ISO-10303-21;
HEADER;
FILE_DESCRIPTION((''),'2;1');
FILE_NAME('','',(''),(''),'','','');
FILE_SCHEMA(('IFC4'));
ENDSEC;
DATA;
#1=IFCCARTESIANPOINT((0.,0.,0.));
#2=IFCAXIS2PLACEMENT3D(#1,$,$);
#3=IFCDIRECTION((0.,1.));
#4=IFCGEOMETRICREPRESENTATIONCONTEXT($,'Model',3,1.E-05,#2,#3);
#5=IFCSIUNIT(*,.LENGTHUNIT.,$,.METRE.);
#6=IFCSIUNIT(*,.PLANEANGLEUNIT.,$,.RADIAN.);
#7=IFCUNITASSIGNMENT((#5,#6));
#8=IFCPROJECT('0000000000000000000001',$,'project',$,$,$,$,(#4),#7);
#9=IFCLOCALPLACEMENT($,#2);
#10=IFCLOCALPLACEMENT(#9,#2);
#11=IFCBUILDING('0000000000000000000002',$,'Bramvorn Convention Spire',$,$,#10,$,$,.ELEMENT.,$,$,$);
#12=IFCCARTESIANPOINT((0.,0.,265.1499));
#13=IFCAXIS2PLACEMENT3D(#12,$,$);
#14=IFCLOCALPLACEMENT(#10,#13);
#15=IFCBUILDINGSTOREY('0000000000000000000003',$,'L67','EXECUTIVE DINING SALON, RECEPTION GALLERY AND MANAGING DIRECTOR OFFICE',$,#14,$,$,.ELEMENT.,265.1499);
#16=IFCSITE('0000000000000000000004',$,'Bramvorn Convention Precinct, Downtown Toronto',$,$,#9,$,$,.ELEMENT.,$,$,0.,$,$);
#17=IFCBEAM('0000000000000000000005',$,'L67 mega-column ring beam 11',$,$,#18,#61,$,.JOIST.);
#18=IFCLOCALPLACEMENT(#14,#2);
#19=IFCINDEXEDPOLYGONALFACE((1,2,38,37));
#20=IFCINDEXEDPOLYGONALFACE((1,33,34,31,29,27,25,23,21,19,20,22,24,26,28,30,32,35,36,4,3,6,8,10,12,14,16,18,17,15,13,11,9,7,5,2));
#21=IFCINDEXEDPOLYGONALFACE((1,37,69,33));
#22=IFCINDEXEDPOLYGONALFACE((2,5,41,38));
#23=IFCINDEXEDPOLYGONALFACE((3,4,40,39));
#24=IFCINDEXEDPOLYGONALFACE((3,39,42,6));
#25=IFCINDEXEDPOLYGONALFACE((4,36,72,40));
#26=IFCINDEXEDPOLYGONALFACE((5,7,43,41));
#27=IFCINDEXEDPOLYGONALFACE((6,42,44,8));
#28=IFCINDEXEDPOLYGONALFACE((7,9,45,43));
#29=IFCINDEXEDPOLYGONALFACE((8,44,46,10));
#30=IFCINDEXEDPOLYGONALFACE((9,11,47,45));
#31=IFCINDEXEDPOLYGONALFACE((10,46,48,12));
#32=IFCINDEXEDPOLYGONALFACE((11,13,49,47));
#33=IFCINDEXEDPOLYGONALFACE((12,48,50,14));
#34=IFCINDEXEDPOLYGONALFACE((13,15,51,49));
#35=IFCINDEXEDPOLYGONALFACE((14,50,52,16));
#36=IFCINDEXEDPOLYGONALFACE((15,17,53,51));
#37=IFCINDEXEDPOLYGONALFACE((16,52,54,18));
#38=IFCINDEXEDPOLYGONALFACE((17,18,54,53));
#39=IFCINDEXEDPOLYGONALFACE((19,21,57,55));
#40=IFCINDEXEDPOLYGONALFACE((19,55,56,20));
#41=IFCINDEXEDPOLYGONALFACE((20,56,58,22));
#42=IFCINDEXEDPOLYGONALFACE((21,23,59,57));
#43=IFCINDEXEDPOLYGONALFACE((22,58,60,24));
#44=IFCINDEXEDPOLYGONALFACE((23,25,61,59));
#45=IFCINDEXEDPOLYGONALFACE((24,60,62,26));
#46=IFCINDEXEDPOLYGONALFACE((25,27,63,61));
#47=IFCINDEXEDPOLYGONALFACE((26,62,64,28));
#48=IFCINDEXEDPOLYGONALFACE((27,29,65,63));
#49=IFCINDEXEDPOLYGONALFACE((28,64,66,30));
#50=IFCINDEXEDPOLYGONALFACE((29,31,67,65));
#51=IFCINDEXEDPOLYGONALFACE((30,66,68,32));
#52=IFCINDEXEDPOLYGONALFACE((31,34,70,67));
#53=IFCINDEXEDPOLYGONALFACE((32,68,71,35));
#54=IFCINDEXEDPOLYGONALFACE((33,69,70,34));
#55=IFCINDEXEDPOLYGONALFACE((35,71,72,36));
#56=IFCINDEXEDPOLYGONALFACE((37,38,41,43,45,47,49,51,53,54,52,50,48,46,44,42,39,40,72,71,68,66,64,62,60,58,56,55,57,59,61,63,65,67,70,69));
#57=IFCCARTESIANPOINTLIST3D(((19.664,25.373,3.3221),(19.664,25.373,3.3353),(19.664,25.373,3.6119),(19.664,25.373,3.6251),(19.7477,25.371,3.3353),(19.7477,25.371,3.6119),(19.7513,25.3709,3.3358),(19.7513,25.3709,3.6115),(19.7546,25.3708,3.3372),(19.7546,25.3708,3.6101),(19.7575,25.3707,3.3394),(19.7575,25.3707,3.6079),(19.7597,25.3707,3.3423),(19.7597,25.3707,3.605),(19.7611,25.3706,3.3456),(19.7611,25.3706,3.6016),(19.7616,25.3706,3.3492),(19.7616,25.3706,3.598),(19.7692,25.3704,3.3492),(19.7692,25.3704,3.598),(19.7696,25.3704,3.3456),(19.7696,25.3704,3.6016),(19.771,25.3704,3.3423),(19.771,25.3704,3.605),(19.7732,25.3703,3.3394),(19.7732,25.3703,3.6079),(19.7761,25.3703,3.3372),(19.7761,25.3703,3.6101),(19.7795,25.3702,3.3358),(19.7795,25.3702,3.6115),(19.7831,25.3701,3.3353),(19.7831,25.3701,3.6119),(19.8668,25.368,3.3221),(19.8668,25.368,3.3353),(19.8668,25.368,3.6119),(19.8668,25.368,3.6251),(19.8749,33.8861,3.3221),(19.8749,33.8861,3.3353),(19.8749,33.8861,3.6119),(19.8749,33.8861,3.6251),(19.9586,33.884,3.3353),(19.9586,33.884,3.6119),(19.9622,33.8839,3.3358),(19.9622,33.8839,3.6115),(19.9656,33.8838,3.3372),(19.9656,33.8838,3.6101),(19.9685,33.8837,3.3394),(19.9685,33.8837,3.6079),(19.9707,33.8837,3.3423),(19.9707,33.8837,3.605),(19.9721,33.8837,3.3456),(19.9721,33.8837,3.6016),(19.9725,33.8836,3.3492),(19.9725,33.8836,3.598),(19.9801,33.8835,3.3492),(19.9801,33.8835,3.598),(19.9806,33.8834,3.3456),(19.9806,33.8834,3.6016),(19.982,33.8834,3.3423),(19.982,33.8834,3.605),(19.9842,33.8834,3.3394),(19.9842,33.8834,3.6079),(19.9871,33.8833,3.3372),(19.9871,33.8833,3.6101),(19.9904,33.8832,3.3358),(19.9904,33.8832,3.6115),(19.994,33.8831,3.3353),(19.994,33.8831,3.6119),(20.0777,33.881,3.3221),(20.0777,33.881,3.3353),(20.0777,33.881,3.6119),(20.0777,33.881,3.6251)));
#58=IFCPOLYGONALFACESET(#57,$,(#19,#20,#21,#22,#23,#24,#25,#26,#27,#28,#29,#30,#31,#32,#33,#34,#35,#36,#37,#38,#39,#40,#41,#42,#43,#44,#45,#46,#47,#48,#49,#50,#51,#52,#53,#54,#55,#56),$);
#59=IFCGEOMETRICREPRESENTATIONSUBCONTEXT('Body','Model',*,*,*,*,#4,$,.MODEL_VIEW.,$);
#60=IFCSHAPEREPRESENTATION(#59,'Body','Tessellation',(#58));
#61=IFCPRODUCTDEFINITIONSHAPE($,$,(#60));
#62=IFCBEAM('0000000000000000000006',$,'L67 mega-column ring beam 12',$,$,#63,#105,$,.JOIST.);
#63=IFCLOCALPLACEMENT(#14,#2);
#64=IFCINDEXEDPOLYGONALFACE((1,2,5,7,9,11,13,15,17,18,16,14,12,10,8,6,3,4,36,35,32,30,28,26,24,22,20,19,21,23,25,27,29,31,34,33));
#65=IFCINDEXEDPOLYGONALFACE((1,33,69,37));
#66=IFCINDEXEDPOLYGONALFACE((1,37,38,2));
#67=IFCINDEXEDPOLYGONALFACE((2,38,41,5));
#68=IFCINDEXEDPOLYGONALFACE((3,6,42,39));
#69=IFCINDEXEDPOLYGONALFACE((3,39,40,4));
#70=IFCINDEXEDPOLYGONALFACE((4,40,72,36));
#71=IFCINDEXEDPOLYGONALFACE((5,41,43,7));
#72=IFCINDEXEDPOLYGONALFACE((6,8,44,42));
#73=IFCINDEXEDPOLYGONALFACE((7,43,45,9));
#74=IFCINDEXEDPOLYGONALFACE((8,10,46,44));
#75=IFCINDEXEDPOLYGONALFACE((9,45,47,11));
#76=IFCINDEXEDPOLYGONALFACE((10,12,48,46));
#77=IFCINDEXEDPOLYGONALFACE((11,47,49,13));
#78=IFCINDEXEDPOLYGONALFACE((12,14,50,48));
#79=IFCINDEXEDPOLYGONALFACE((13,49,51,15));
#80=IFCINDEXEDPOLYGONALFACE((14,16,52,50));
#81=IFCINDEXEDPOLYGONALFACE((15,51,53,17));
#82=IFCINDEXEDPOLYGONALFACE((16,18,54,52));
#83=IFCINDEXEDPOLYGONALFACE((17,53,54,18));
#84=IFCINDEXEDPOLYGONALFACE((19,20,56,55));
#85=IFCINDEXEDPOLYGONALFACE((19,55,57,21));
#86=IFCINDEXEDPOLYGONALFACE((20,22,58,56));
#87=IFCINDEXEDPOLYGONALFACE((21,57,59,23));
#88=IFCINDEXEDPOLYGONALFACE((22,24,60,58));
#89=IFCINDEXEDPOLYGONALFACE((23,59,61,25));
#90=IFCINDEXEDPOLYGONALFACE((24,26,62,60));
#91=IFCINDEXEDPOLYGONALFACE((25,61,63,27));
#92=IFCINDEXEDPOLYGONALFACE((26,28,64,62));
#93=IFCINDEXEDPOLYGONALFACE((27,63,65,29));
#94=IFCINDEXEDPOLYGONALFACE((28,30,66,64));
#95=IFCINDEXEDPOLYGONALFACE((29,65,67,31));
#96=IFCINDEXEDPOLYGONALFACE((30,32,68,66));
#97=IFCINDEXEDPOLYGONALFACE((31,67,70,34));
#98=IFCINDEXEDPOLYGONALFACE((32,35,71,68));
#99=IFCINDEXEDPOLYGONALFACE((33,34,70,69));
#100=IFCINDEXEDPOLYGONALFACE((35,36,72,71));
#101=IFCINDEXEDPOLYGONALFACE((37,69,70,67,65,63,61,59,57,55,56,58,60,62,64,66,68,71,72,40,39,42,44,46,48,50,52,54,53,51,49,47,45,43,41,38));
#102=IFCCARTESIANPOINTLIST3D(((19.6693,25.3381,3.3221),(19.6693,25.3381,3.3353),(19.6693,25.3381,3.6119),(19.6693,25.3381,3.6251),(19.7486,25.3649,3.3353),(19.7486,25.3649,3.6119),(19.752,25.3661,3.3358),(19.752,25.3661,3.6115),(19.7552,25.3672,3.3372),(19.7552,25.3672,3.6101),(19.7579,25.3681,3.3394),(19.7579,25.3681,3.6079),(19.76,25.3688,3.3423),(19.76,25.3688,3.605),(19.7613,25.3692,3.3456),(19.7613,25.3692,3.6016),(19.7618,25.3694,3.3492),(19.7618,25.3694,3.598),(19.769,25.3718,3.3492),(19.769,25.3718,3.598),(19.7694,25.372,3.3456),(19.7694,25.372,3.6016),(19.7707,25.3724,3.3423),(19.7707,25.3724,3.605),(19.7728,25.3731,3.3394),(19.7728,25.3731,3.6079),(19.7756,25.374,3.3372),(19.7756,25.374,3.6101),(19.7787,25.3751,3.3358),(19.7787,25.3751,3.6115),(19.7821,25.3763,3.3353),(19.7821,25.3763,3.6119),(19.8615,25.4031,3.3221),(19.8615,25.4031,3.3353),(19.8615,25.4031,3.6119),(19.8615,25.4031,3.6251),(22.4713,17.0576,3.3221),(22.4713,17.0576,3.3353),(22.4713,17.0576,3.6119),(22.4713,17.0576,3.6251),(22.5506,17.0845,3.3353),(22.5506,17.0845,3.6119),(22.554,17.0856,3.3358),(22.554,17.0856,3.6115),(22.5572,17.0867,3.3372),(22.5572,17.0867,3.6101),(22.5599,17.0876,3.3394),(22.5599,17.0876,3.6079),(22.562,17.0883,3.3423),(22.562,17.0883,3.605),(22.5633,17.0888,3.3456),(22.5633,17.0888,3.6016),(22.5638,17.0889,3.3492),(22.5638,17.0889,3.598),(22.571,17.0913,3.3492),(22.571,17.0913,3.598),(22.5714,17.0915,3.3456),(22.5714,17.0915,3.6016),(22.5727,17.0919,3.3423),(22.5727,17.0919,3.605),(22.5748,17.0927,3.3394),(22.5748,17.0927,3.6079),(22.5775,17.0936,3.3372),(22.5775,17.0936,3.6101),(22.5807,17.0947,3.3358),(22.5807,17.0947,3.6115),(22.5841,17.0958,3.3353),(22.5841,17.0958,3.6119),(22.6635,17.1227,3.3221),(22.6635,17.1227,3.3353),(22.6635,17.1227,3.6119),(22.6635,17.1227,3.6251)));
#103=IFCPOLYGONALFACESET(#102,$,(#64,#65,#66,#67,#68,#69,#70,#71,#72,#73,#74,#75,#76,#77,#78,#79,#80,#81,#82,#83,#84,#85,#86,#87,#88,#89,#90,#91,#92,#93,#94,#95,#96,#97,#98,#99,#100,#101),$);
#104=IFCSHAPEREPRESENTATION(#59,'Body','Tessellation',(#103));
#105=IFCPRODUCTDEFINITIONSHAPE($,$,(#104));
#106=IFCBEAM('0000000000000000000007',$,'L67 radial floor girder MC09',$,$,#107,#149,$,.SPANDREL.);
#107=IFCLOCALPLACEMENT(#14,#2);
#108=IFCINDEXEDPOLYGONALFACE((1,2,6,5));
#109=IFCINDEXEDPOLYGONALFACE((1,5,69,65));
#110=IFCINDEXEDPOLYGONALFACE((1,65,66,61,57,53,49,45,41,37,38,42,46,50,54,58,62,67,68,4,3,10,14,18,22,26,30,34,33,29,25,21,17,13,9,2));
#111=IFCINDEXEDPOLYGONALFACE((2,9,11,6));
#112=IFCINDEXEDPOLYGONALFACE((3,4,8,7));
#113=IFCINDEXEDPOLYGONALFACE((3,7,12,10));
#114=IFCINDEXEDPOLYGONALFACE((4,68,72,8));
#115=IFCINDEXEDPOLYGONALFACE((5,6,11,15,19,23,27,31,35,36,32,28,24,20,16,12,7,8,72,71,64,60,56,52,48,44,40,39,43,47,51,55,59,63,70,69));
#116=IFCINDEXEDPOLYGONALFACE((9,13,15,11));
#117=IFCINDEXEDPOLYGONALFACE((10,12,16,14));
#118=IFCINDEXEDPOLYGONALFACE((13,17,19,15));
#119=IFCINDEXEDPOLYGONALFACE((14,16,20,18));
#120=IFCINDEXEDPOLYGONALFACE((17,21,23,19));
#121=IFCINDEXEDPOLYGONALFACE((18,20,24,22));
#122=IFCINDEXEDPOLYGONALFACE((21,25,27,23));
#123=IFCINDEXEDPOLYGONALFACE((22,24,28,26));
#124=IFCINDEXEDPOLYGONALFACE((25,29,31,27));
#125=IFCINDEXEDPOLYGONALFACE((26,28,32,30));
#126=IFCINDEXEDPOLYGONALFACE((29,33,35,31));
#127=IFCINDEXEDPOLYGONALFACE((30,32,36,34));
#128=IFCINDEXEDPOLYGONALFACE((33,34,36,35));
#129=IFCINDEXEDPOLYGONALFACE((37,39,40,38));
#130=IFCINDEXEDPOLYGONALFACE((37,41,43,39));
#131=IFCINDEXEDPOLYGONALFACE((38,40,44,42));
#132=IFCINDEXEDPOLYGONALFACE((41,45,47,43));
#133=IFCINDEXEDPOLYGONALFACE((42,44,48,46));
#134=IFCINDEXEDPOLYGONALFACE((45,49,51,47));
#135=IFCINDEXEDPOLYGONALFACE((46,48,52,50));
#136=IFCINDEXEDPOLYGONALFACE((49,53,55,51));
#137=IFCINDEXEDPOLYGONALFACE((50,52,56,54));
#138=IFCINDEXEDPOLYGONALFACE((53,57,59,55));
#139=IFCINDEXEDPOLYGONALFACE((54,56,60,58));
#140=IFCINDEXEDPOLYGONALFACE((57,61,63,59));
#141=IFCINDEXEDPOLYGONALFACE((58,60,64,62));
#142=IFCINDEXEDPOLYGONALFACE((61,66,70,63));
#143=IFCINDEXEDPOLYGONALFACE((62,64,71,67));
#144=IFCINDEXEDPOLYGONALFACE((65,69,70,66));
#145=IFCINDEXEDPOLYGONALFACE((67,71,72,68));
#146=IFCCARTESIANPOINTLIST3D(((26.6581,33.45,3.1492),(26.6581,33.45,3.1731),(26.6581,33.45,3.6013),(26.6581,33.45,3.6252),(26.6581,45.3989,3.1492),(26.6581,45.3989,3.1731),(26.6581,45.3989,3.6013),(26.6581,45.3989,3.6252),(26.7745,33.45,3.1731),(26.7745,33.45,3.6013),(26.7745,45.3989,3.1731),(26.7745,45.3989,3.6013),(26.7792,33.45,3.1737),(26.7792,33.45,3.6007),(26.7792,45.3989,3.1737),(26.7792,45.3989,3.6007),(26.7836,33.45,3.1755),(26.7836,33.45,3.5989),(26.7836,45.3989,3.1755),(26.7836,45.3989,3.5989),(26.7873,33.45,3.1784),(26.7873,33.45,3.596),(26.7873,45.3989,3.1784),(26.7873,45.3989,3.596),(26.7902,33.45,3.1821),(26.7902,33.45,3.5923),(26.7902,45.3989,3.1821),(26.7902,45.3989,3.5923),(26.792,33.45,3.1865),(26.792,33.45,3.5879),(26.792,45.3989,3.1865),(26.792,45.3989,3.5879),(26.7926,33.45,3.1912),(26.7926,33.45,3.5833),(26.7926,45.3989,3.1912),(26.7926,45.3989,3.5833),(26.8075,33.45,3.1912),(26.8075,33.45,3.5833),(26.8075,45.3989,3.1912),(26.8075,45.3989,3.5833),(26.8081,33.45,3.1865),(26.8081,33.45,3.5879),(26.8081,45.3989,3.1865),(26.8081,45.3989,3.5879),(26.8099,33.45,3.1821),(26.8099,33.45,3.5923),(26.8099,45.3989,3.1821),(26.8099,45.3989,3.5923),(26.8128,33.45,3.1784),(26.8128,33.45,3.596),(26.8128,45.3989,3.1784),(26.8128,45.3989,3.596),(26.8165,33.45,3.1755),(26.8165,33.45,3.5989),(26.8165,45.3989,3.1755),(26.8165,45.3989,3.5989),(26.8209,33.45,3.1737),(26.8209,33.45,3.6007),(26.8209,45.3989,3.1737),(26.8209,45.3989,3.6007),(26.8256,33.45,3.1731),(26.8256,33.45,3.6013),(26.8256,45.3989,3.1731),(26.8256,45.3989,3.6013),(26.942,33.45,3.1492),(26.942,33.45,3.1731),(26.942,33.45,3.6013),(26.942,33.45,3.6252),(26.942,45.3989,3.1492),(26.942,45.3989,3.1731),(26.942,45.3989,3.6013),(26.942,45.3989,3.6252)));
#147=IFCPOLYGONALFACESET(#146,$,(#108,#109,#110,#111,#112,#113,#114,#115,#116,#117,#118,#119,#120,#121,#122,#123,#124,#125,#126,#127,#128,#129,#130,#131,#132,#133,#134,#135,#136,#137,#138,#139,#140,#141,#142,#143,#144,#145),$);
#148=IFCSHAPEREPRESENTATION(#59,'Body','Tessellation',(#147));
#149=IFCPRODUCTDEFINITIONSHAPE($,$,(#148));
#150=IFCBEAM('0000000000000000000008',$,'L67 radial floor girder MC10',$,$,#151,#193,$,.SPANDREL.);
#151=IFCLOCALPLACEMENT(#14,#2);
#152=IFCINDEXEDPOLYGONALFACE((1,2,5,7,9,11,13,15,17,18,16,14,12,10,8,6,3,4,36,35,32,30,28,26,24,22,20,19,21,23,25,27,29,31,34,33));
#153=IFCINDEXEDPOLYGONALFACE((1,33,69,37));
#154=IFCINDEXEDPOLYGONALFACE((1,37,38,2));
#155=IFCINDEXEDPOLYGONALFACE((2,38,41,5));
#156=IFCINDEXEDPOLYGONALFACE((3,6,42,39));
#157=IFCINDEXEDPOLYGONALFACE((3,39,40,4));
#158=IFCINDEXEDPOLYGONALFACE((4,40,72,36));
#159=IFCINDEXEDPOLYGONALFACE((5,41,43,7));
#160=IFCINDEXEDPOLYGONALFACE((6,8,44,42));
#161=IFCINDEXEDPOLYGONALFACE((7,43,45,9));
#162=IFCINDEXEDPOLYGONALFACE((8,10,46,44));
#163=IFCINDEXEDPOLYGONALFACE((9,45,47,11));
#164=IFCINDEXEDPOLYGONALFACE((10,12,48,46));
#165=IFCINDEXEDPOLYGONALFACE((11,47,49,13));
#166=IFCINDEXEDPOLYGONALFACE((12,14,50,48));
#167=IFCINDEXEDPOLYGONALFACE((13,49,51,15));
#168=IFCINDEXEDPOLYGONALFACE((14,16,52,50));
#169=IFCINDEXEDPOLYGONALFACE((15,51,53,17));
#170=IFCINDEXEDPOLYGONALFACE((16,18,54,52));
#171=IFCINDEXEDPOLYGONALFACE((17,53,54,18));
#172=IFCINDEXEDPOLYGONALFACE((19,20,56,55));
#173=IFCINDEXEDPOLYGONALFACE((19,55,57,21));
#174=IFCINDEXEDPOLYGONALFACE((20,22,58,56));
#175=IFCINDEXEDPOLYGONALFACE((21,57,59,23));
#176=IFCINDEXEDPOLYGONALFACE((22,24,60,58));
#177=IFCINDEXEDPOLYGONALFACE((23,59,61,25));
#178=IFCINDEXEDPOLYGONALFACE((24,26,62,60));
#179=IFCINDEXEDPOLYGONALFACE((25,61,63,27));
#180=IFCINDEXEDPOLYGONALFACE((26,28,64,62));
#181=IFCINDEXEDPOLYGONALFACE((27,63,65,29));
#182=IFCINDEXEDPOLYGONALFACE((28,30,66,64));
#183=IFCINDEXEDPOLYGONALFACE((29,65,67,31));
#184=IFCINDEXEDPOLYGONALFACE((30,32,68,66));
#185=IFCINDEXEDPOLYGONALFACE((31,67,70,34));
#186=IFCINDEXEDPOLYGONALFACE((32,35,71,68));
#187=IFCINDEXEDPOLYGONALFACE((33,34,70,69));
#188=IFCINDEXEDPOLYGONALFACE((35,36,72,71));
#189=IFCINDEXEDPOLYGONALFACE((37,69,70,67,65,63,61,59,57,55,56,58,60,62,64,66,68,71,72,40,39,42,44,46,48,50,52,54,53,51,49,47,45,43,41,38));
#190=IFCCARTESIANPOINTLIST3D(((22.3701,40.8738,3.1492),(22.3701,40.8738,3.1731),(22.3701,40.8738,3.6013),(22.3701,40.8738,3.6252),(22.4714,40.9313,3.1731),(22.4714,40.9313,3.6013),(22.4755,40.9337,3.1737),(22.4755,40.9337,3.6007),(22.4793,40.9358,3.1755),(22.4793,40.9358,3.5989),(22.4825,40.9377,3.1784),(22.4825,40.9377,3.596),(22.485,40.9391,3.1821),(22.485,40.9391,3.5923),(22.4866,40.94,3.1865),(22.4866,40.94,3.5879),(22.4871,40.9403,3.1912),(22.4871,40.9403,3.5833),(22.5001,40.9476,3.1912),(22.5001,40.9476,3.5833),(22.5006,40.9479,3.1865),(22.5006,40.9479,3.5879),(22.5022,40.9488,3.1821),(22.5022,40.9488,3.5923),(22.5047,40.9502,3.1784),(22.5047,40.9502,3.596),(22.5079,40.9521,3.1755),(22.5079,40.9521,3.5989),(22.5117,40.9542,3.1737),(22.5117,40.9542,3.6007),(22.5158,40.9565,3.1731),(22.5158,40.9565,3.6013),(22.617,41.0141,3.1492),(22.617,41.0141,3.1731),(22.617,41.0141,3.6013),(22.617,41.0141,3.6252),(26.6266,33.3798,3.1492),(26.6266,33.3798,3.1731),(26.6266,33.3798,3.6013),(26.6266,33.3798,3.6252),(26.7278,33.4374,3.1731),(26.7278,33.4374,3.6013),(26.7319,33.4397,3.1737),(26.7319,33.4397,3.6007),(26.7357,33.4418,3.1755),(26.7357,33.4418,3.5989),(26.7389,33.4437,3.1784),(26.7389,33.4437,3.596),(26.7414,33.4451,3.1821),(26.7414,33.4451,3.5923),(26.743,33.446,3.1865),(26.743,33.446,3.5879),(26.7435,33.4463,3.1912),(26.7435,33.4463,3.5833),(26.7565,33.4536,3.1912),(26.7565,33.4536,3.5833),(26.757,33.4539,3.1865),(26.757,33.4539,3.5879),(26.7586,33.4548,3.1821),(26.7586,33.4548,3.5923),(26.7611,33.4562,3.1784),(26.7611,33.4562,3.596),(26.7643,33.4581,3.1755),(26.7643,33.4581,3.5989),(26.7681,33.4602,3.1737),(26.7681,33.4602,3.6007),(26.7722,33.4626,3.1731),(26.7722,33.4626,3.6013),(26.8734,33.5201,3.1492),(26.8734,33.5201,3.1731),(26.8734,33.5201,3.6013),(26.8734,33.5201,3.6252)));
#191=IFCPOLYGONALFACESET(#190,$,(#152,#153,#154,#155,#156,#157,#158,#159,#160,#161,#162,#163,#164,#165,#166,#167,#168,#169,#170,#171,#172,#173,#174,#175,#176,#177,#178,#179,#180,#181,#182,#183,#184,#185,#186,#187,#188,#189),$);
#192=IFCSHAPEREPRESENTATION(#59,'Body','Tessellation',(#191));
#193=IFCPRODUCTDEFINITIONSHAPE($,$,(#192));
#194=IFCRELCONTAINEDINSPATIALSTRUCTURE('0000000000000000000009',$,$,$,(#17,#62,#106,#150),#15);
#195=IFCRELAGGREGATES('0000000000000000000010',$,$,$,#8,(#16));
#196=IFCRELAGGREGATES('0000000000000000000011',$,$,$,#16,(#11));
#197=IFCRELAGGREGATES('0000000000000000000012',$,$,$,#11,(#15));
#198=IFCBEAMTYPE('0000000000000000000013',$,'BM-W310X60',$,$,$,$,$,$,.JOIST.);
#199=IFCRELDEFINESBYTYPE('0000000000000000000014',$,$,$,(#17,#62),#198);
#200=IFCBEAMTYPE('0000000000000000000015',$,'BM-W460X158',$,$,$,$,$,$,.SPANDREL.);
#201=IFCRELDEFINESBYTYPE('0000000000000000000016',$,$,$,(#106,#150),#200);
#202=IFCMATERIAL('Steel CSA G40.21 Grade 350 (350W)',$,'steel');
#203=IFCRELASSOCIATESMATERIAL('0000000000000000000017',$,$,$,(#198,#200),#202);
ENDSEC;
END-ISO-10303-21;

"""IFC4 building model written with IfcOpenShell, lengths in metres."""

from ifc_helpers import new_model, si_unit, direction, frame, origin, origin_2d, place, context, subcontext, project, spatial, i_section, extrude, material, material_profile, profile_set, type_object, element, save


model = new_model("IFC4")

# Units and contexts
model_context = context("Model", 3, precision=1e-05, world=origin(), true_north=direction((0.0, 1.0)))
body_context = subcontext(model_context, "Body", "Model", "MODEL_VIEW")
ifc_project = project(units=[si_unit("LENGTHUNIT", "METRE"), si_unit("PLANEANGLEUNIT", "RADIAN")], contexts=[model_context])

# Site, building, storey
site_placement = place(None, origin())
site = spatial("IfcSite", under=ifc_project, at=site_placement, Name="Bramvorn Convention Precinct, Downtown Toronto", CompositionType="ELEMENT", RefElevation=0.0)
building_placement = place(site_placement, origin())
building = spatial("IfcBuilding", under=site, at=building_placement, Name="Bramvorn Convention Spire", CompositionType="ELEMENT")
storey_placement = place(building_placement, frame((0.0, 0.0, 265.1499)))
storey = spatial("IfcBuildingStorey", under=building, at=storey_placement, Name="L67", Description="EXECUTIVE DINING SALON, RECEPTION GALLERY AND MANAGING DIRECTOR OFFICE", CompositionType="ELEMENT", Elevation=265.1499)

# Shared definitions
ifc_material_1 = material(Name="Steel CSA G40.21 Grade 350 (350W)", Category="steel")

# Beams
ifc_material_profile_1 = material_profile(ifc_material_1, i_section(OverallWidth=0.2029, OverallDepth=0.303, WebThickness=0.0076, FlangeThickness=0.0132, FilletRadius=0.0139, at=origin_2d()))
ifc_profile_set_1 = profile_set([ifc_material_profile_1], Name="Steel CSA G40.21 Grade 350 (350W) - W310X60")
beam_type_1 = type_object("IfcBeamType", Name="BM-W310X60", PredefinedType="JOIST", material=ifc_profile_set_1)
beam_1_placement = place(storey_placement, frame((19.9763, 33.8835, 3.4736), z_axis=(-0.024771, -0.999693, 0.0), x_axis=(0.999693, -0.024771, 0.0)))
element("IfcBeam", 1, at=beam_1_placement, inside=storey, type_object=beam_type_1, Name="L67 mega-column ring beam 11", PredefinedType="JOIST", context=body_context, shape_type="SweptSolid", body=[
    extrude(i_section(OverallWidth=0.2029, OverallDepth=0.303, WebThickness=0.0076, FlangeThickness=0.0132, FilletRadius=0.0139, at=origin_2d()), origin(), (0.0, 0.0, 1.0), 8.5156),
])
beam_2_placement = place(storey_placement, frame((19.7654, 25.3706, 3.4736), z_axis=(0.320531, -0.947238, 0.0), x_axis=(0.947238, 0.320531, 0.0)))
element("IfcBeam", 2, at=beam_2_placement, inside=storey, type_object=beam_type_1, Name="L67 mega-column ring beam 12", PredefinedType="JOIST", context=body_context, shape_type="SweptSolid", body=[
    extrude(i_section(OverallWidth=0.2029, OverallDepth=0.303, WebThickness=0.0076, FlangeThickness=0.0132, FilletRadius=0.0139, at=origin_2d()), origin(), (0.0, 0.0, 1.0), 8.7417),
])
ifc_material_profile_2 = material_profile(ifc_material_1, i_section(OverallWidth=0.2839, OverallDepth=0.4761, WebThickness=0.0149, FlangeThickness=0.0239, FilletRadius=0.0181, at=origin_2d()))
ifc_profile_set_2 = profile_set([ifc_material_profile_2], Name="Steel CSA G40.21 Grade 350 (350W) - W460X158")
beam_type_2 = type_object("IfcBeamType", Name="BM-W460X158", PredefinedType="SPANDREL", material=ifc_profile_set_2)
beam_3_placement = place(storey_placement, frame((26.8, 33.45, 3.3872), z_axis=(0.0, 1.0, 0.0), x_axis=(-1.0, 0.0, 0.0)))
element("IfcBeam", 3, at=beam_3_placement, inside=storey, type_object=beam_type_2, Name="L67 radial floor girder MC09", PredefinedType="SPANDREL", context=body_context, shape_type="SweptSolid", body=[
    extrude(i_section(OverallWidth=0.2839, OverallDepth=0.4761, WebThickness=0.0149, FlangeThickness=0.0239, FilletRadius=0.0181, at=origin_2d()), origin(), (0.0, 0.0, 1.0), 11.949),
])
beam_4_placement = place(storey_placement, frame((26.75, 33.45, 3.3872), z_axis=(-0.493874, 0.869534, 0.0), x_axis=(-0.869534, -0.493874, 0.0)))
element("IfcBeam", 4, at=beam_4_placement, inside=storey, type_object=beam_type_2, Name="L67 radial floor girder MC10", PredefinedType="SPANDREL", context=body_context, shape_type="SweptSolid", body=[
    extrude(i_section(OverallWidth=0.2839, OverallDepth=0.4761, WebThickness=0.0149, FlangeThickness=0.0239, FilletRadius=0.0181, at=origin_2d()), origin(), (0.0, 0.0, 1.0), 8.6184),
])

save(model, "model.ifc")
